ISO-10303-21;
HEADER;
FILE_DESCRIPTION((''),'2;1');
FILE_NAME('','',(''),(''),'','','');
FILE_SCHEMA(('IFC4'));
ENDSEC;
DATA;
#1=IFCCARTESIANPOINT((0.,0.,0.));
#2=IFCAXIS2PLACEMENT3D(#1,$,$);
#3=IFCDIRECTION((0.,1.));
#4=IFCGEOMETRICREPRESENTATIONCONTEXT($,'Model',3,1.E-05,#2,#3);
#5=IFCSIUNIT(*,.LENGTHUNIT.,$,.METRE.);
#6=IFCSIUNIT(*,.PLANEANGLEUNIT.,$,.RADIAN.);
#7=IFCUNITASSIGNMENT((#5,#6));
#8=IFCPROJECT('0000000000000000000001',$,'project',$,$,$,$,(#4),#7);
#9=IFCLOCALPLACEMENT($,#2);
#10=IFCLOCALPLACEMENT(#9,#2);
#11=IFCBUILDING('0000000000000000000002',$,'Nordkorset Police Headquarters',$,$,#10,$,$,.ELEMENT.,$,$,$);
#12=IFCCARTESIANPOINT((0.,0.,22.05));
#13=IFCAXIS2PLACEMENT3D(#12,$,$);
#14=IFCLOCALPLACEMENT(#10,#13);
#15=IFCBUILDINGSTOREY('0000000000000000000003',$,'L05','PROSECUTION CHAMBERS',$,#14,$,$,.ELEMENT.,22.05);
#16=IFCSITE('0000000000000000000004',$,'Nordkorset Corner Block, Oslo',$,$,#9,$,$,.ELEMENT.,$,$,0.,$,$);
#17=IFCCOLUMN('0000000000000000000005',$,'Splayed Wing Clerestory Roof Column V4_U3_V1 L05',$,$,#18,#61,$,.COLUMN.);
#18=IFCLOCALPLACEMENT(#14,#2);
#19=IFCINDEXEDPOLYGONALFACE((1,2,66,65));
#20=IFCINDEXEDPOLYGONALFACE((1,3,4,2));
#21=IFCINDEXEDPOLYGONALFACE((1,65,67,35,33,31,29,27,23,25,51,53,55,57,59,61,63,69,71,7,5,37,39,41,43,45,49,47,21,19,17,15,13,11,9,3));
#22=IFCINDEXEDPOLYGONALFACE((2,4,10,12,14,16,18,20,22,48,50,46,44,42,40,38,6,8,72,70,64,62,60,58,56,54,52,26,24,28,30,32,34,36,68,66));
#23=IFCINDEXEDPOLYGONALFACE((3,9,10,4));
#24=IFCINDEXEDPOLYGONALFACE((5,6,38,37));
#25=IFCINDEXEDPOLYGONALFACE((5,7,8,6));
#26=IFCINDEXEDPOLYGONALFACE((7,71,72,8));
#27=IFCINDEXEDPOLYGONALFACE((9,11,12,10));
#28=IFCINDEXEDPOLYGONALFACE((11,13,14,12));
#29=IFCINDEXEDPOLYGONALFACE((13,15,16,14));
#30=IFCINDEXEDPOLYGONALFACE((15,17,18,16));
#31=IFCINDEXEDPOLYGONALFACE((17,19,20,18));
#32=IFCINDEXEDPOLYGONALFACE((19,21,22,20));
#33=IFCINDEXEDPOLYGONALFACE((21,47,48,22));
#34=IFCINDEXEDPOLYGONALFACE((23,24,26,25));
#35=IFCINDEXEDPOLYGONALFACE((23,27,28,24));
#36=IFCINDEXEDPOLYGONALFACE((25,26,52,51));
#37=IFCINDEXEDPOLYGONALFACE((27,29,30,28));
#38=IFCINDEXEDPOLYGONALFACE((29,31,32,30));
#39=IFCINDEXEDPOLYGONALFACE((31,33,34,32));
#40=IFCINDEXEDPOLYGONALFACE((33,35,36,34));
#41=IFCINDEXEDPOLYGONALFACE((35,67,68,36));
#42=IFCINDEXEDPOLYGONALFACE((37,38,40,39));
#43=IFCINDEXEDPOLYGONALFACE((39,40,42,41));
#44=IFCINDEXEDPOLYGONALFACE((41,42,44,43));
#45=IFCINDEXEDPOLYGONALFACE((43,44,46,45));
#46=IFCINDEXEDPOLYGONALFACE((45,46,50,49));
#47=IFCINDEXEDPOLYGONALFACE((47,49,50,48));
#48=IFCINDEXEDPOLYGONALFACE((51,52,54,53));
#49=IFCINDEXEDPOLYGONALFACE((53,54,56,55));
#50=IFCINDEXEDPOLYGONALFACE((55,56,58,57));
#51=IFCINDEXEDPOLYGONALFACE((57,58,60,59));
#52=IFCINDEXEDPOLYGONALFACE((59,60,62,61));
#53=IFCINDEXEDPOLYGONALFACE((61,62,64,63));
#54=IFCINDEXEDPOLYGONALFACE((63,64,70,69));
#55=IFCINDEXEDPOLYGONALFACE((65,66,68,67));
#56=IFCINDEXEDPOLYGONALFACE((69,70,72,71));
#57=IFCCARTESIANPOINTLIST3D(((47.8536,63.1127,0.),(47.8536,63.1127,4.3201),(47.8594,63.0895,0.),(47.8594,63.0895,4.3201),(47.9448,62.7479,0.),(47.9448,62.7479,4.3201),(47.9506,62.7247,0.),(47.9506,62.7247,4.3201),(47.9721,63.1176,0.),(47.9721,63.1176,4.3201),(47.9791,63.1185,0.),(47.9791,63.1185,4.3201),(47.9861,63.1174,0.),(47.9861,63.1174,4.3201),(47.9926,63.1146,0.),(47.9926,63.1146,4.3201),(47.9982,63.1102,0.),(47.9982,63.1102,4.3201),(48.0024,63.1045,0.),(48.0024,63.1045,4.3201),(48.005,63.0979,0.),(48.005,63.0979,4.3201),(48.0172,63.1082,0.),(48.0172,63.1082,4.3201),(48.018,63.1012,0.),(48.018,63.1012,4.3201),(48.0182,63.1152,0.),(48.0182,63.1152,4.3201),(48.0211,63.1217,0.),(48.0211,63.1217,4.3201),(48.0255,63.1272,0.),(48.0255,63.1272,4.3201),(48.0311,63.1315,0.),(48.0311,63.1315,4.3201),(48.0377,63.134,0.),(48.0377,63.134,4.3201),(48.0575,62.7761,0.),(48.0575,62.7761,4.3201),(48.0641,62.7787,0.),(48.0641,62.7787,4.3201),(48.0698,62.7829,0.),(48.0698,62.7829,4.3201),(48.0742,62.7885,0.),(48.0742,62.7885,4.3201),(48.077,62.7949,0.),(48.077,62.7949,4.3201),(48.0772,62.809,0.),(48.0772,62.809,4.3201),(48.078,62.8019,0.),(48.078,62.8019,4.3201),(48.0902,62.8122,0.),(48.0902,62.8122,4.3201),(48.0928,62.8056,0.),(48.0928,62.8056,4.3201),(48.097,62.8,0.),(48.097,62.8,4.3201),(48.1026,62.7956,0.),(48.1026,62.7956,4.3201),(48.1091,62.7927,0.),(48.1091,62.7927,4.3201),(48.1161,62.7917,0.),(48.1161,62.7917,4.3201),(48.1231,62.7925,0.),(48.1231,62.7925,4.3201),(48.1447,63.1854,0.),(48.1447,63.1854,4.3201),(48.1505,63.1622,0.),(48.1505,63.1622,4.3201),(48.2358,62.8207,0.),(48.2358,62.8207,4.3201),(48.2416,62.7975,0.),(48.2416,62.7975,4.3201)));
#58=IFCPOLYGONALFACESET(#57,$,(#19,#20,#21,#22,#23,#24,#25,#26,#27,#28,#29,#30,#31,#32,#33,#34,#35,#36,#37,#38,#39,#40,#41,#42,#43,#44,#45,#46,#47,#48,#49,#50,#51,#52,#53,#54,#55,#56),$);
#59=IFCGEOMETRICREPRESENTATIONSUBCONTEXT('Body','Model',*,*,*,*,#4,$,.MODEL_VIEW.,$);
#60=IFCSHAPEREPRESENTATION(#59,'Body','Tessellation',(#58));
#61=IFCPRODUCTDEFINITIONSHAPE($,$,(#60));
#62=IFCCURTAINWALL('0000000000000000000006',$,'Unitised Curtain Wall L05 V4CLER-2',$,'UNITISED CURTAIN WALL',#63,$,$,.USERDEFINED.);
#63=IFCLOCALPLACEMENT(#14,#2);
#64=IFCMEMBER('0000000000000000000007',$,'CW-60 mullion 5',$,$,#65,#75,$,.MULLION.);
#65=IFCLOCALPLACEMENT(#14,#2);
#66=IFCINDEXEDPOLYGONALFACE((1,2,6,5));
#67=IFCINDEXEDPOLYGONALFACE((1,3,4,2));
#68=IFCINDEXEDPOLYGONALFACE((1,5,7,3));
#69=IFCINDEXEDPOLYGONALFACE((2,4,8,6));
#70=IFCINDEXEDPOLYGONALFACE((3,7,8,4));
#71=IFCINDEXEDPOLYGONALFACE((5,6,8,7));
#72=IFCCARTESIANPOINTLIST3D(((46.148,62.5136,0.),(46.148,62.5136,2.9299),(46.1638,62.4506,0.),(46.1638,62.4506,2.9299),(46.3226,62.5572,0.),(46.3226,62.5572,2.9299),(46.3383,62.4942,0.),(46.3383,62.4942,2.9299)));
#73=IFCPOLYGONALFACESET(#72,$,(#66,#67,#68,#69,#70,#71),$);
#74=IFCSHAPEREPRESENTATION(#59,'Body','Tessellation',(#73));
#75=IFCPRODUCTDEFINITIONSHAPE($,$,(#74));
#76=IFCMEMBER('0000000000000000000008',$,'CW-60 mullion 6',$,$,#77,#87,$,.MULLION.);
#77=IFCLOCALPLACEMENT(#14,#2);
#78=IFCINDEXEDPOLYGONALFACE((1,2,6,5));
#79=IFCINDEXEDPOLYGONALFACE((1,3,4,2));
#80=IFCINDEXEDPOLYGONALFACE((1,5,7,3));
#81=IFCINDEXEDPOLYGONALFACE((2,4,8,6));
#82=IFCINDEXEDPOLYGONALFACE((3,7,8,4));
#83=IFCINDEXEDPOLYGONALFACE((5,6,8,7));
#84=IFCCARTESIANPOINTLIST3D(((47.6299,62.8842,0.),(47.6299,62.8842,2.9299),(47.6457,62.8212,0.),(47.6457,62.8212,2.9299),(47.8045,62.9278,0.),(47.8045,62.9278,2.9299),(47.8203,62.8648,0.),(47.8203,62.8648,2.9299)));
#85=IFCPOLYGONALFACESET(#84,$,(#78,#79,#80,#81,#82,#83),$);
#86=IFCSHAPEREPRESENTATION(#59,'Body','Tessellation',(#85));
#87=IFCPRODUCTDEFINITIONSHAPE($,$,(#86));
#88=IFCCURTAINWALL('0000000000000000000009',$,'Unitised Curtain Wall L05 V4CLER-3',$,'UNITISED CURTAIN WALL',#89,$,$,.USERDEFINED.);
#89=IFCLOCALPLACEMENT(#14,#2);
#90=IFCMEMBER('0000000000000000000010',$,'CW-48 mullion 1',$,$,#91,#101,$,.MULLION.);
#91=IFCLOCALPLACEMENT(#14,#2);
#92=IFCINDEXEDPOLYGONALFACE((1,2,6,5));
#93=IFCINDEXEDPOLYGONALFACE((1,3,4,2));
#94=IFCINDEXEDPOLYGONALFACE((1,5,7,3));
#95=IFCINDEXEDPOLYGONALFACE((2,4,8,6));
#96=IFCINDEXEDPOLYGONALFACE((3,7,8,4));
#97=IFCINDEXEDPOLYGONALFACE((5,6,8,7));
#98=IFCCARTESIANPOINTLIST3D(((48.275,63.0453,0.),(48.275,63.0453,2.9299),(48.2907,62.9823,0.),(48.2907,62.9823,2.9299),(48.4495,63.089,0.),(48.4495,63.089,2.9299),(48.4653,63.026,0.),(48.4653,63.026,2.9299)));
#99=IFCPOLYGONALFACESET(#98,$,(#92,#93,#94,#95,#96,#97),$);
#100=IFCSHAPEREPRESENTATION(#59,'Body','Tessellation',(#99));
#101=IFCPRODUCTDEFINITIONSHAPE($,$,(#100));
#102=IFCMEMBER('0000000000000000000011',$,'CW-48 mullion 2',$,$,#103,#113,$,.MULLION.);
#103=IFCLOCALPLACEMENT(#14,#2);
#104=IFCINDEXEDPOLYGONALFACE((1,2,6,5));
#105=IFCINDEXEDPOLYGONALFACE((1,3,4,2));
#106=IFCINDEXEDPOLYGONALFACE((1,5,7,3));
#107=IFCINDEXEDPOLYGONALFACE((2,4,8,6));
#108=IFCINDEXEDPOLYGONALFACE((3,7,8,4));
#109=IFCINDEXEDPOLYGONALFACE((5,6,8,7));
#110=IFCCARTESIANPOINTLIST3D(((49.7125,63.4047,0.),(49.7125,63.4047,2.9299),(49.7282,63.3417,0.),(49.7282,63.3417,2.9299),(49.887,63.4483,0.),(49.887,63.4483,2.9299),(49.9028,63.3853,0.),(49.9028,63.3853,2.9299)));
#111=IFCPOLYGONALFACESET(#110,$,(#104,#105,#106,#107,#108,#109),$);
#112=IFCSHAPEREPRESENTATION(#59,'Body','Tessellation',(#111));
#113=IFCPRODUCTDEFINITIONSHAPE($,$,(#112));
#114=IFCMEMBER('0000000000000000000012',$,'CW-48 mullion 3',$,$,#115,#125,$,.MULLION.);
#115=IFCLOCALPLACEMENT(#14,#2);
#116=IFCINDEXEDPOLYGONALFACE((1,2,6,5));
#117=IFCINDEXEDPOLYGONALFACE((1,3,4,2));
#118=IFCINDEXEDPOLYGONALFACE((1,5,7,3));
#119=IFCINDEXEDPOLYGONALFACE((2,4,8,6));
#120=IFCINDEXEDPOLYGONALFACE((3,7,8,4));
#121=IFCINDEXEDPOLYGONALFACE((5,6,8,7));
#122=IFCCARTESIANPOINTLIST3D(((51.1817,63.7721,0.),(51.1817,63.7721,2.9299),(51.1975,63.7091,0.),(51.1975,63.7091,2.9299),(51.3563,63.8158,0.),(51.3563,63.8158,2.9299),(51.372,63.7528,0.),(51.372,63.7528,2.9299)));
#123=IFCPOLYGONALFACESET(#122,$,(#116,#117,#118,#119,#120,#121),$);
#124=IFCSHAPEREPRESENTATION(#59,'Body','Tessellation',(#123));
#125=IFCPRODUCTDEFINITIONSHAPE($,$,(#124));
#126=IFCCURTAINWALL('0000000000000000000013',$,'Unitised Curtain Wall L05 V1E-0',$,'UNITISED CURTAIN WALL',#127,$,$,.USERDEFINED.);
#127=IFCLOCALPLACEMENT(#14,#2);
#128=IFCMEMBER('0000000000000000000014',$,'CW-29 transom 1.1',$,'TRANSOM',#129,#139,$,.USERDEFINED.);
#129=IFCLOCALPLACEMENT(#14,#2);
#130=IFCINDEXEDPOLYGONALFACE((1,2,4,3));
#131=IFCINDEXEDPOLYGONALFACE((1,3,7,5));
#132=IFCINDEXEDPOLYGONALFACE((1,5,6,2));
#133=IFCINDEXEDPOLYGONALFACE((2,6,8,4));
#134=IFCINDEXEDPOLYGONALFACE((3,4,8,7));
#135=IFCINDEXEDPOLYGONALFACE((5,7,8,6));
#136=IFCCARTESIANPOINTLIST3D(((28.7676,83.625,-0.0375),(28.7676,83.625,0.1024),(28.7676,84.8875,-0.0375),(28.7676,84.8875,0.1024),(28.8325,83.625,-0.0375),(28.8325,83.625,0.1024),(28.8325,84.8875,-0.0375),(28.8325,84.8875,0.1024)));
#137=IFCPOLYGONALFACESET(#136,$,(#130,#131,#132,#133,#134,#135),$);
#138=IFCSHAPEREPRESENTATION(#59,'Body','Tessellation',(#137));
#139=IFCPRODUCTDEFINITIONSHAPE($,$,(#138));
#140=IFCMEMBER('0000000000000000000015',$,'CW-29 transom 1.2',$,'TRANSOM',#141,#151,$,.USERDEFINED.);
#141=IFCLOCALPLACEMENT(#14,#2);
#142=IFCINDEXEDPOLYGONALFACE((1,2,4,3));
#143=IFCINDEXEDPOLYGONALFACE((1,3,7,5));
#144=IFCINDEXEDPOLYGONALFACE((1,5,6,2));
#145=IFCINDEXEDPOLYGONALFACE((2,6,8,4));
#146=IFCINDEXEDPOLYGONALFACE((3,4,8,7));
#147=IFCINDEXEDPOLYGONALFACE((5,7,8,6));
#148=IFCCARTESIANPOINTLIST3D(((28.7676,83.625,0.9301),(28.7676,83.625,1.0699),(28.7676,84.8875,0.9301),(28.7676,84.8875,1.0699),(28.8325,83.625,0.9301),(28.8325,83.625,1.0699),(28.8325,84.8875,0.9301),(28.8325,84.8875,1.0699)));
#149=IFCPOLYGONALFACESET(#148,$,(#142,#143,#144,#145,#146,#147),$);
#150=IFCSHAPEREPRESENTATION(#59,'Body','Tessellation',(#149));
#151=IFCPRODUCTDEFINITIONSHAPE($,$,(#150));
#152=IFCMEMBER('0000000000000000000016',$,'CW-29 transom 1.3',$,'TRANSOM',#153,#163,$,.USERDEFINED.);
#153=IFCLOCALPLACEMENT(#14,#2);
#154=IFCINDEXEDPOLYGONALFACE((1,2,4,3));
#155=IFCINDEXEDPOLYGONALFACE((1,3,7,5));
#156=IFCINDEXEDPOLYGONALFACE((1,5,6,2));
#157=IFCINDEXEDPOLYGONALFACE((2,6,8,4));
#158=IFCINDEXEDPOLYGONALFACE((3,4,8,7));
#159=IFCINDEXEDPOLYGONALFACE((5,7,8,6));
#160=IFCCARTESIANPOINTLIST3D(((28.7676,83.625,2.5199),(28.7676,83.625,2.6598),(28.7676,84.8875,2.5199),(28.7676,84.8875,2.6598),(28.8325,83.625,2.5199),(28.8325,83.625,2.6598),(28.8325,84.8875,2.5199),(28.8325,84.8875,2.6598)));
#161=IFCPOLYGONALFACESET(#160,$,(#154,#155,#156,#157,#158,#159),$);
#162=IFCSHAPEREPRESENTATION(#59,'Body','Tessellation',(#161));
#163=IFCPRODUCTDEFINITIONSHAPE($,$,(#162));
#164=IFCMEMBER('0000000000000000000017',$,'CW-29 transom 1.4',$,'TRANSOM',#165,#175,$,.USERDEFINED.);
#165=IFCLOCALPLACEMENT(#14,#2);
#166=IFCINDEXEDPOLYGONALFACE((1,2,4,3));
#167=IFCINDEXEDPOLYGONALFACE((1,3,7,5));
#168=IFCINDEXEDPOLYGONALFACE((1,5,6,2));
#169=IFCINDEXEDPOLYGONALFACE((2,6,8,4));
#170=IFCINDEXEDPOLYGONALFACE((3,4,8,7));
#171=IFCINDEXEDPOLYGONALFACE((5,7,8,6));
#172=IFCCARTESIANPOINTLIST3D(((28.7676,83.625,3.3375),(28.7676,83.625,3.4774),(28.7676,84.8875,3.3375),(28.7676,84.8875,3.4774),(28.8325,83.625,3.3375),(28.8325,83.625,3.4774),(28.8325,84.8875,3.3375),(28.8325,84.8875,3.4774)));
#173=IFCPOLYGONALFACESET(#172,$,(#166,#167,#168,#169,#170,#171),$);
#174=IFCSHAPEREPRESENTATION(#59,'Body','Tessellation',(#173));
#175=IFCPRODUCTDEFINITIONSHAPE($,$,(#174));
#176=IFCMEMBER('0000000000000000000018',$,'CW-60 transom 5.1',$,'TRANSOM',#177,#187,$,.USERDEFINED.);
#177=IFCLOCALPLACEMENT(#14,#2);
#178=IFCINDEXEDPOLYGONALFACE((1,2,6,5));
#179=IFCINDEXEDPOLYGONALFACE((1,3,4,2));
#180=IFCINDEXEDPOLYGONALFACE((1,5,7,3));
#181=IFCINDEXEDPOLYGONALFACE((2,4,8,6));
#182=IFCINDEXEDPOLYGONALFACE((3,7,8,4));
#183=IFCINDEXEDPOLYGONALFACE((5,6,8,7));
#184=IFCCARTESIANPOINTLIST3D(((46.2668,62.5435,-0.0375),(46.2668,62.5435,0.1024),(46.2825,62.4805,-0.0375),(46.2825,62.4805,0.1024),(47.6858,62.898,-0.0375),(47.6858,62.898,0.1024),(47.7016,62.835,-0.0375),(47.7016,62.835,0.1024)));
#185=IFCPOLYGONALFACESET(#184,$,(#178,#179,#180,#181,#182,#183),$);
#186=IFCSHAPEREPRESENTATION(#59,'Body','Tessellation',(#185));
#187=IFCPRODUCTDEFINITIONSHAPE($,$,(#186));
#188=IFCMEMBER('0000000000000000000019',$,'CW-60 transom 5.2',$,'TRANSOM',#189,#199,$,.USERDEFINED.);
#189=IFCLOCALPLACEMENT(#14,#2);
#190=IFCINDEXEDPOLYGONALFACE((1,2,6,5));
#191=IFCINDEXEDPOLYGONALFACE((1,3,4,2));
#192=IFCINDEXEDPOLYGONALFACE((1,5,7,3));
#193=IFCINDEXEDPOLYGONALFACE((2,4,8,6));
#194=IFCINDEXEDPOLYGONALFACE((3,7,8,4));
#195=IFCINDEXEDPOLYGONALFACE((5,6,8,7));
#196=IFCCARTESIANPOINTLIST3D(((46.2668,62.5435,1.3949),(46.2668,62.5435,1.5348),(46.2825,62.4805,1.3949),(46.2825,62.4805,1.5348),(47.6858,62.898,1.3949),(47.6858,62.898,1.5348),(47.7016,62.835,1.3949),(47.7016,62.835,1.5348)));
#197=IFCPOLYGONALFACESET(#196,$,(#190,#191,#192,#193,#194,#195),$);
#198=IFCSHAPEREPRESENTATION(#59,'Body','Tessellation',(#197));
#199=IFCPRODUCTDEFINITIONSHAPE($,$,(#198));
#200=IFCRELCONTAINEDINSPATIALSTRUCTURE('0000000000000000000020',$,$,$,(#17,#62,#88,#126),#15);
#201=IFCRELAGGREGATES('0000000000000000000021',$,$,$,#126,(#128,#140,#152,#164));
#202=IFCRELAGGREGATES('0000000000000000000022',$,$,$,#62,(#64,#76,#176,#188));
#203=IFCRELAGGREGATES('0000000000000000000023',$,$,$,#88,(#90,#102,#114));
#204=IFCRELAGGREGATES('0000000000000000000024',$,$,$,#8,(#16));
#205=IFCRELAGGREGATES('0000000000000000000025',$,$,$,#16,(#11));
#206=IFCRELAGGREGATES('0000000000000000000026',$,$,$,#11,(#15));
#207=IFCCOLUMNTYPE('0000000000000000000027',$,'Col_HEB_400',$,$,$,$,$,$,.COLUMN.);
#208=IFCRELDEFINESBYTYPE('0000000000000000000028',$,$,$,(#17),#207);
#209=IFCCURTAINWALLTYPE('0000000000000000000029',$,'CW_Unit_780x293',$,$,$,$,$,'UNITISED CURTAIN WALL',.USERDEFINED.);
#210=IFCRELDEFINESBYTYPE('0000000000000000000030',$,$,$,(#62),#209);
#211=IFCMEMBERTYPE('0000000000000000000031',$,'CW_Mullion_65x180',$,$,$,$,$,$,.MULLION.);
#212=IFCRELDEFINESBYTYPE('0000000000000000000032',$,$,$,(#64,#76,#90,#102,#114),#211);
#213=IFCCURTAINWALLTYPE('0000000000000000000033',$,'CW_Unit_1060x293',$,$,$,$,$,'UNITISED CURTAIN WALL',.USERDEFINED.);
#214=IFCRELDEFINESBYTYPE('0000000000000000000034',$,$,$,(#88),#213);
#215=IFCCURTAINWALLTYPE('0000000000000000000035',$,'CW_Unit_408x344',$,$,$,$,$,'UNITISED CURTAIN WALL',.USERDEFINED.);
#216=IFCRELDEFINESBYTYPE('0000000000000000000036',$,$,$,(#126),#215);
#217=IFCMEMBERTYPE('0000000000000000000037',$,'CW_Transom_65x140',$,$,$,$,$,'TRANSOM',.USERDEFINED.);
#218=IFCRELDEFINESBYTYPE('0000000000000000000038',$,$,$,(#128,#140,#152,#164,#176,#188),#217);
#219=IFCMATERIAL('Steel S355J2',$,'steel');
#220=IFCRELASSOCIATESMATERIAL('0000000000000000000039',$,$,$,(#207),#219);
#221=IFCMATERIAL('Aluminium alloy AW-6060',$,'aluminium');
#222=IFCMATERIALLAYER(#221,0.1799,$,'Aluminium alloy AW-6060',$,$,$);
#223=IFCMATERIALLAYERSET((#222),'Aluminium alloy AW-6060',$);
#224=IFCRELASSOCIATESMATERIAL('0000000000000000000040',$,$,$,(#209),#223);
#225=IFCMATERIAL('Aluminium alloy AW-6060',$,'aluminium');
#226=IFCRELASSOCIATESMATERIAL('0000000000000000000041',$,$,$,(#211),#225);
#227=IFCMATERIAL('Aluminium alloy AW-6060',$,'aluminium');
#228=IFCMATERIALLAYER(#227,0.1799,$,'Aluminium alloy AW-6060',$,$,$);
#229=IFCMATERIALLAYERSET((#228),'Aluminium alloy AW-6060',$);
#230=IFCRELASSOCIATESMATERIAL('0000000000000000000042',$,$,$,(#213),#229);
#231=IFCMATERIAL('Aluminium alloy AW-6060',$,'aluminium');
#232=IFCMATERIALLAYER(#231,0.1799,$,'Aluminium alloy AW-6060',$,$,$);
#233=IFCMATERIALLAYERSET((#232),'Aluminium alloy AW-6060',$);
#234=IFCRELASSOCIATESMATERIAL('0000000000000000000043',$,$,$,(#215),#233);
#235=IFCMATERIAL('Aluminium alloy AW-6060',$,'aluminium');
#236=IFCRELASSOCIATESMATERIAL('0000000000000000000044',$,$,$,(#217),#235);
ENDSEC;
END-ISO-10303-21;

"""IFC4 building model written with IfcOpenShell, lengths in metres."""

from ifc_helpers import new_model, si_unit, direction, frame, origin, origin_2d, place, context, subcontext, project, spatial, rectangle, i_section, extrude, material, layer, layer_set, material_profile, profile_set, type_object, element, aggregate, save


model = new_model("IFC4")

# Units and contexts
model_context = context("Model", 3, precision=1e-05, world=origin(), true_north=direction((0.0, 1.0)))
body_context = subcontext(model_context, "Body", "Model", "MODEL_VIEW")
ifc_project = project(units=[si_unit("LENGTHUNIT", "METRE"), si_unit("PLANEANGLEUNIT", "RADIAN")], contexts=[model_context])

# Site, building, storey
site_placement = place(None, origin())
site = spatial("IfcSite", under=ifc_project, at=site_placement, Name="Nordkorset Corner Block, Oslo", CompositionType="ELEMENT", RefElevation=0.0)
building_placement = place(site_placement, origin())
building = spatial("IfcBuilding", under=site, at=building_placement, Name="Nordkorset Police Headquarters", CompositionType="ELEMENT")
storey_placement = place(building_placement, frame((0.0, 0.0, 22.05)))
storey = spatial("IfcBuildingStorey", under=building, at=storey_placement, Name="L05", Description="PROSECUTION CHAMBERS", CompositionType="ELEMENT", Elevation=22.05)

# Column
ifc_material_1 = material(Name="Steel S355J2", Category="steel")
ifc_material_profile_1 = material_profile(ifc_material_1, i_section(OverallWidth=0.3, OverallDepth=0.3999, WebThickness=0.0134, FlangeThickness=0.0239, FilletRadius=0.0271, at=origin_2d()), Name="HEB 400")
ifc_profile_set_1 = profile_set([ifc_material_profile_1], Name="Steel S355J2")
column_type = type_object("IfcColumnType", Name="Col_HEB_400", PredefinedType="COLUMN", material=ifc_profile_set_1)
column_placement = place(storey_placement, frame((48.0476, 62.9551, 0.0), z_axis=(0.0, 0.0, 1.0), x_axis=(0.970143, 0.242536, 0.0)))
element("IfcColumn", 1, at=column_placement, inside=storey, type_object=column_type, Name="Splayed Wing Clerestory Roof Column V4_U3_V1 L05", PredefinedType="COLUMN", context=body_context, shape_type="SweptSolid", body=[
    extrude(i_section(OverallWidth=0.3, OverallDepth=0.3999, WebThickness=0.0134, FlangeThickness=0.0239, FilletRadius=0.0271, at=origin_2d()), origin(), (0.0, 0.0, 1.0), 4.3201),
])

# Curtain walls, members
ifc_material_2 = material(Name="Aluminium alloy AW-6060", Category="aluminium")
ifc_layer_1 = layer(ifc_material_2, 0.1799, Name="Aluminium alloy AW-6060")
ifc_layer_set_1 = layer_set([ifc_layer_1], Name="Aluminium alloy AW-6060")
curtain_wall_type_1 = type_object("IfcCurtainWallType", Name="CW_Unit_780x293", ElementType="UNITISED CURTAIN WALL", PredefinedType="USERDEFINED", material=ifc_layer_set_1)
curtain_wall_1_placement = place(storey_placement, origin())
curtain_wall_1 = element("IfcCurtainWall", 2, at=curtain_wall_1_placement, inside=storey, type_object=curtain_wall_type_1, Name="Unitised Curtain Wall L05 V4CLER-2", ObjectType="UNITISED CURTAIN WALL", PredefinedType="USERDEFINED")
ifc_material_3 = material(Name="Aluminium alloy AW-6060", Category="aluminium")
ifc_material_profile_2 = material_profile(ifc_material_3, rectangle(XDim=0.0649, YDim=0.1799, at=origin_2d()), Name="ALU MULL 65x180")
ifc_profile_set_2 = profile_set([ifc_material_profile_2], Name="Aluminium alloy AW-6060")
member_type_1 = type_object("IfcMemberType", Name="CW_Mullion_65x180", PredefinedType="MULLION", material=ifc_profile_set_2)
member_1_placement = place(storey_placement, frame((46.2432, 62.5039, 0.0), z_axis=(0.0, 0.0, 1.0), x_axis=(-0.242536, 0.970142, 0.0)))
member_1 = element("IfcMember", 3, at=member_1_placement, type_object=member_type_1, Name="CW-60 mullion 5", PredefinedType="MULLION", context=body_context, shape_type="SweptSolid", body=[
    extrude(rectangle(XDim=0.0649, YDim=0.1799, at=origin_2d()), origin(), (0.0, 0.0, 1.0), 2.9299),
])
member_2_placement = place(storey_placement, frame((47.7251, 62.8745, 0.0), z_axis=(0.0, 0.0, 1.0), x_axis=(-0.242536, 0.970142, 0.0)))
member_2 = element("IfcMember", 4, at=member_2_placement, type_object=member_type_1, Name="CW-60 mullion 6", PredefinedType="MULLION", context=body_context, shape_type="SweptSolid", body=[
    extrude(rectangle(XDim=0.0649, YDim=0.1799, at=origin_2d()), origin(), (0.0, 0.0, 1.0), 2.9299),
])
ifc_material_4 = material(Name="Aluminium alloy AW-6060", Category="aluminium")
ifc_layer_2 = layer(ifc_material_4, 0.1799, Name="Aluminium alloy AW-6060")
ifc_layer_set_2 = layer_set([ifc_layer_2], Name="Aluminium alloy AW-6060")
curtain_wall_type_2 = type_object("IfcCurtainWallType", Name="CW_Unit_1060x293", ElementType="UNITISED CURTAIN WALL", PredefinedType="USERDEFINED", material=ifc_layer_set_2)
curtain_wall_2_placement = place(storey_placement, origin())
curtain_wall_2 = element("IfcCurtainWall", 5, at=curtain_wall_2_placement, inside=storey, type_object=curtain_wall_type_2, Name="Unitised Curtain Wall L05 V4CLER-3", ObjectType="UNITISED CURTAIN WALL", PredefinedType="USERDEFINED")
member_3_placement = place(storey_placement, frame((48.3701, 63.0356, 0.0), z_axis=(0.0, 0.0, 1.0), x_axis=(-0.242536, 0.970142, 0.0)))
member_3 = element("IfcMember", 6, at=member_3_placement, type_object=member_type_1, Name="CW-48 mullion 1", PredefinedType="MULLION", context=body_context, shape_type="SweptSolid", body=[
    extrude(rectangle(XDim=0.0649, YDim=0.1799, at=origin_2d()), origin(), (0.0, 0.0, 1.0), 2.9299),
])
member_4_placement = place(storey_placement, frame((49.8076, 63.395, 0.0), z_axis=(0.0, 0.0, 1.0), x_axis=(-0.242536, 0.970142, 0.0)))
member_4 = element("IfcMember", 7, at=member_4_placement, type_object=member_type_1, Name="CW-48 mullion 2", PredefinedType="MULLION", context=body_context, shape_type="SweptSolid", body=[
    extrude(rectangle(XDim=0.0649, YDim=0.1799, at=origin_2d()), origin(), (0.0, 0.0, 1.0), 2.9299),
])
member_5_placement = place(storey_placement, frame((51.2769, 63.7625, 0.0), z_axis=(0.0, 0.0, 1.0), x_axis=(-0.242536, 0.970142, 0.0)))
member_5 = element("IfcMember", 8, at=member_5_placement, type_object=member_type_1, Name="CW-48 mullion 3", PredefinedType="MULLION", context=body_context, shape_type="SweptSolid", body=[
    extrude(rectangle(XDim=0.0649, YDim=0.1799, at=origin_2d()), origin(), (0.0, 0.0, 1.0), 2.9299),
])
ifc_material_5 = material(Name="Aluminium alloy AW-6060", Category="aluminium")
ifc_layer_3 = layer(ifc_material_5, 0.1799, Name="Aluminium alloy AW-6060")
ifc_layer_set_3 = layer_set([ifc_layer_3], Name="Aluminium alloy AW-6060")
curtain_wall_type_3 = type_object("IfcCurtainWallType", Name="CW_Unit_408x344", ElementType="UNITISED CURTAIN WALL", PredefinedType="USERDEFINED", material=ifc_layer_set_3)
curtain_wall_3_placement = place(storey_placement, origin())
curtain_wall_3 = element("IfcCurtainWall", 9, at=curtain_wall_3_placement, inside=storey, type_object=curtain_wall_type_3, Name="Unitised Curtain Wall L05 V1E-0", ObjectType="UNITISED CURTAIN WALL", PredefinedType="USERDEFINED")
ifc_material_6 = material(Name="Aluminium alloy AW-6060", Category="aluminium")
ifc_material_profile_3 = material_profile(ifc_material_6, rectangle(XDim=0.0649, YDim=0.1399, at=origin_2d()), Name="ALU TRAN 65x140")
ifc_profile_set_3 = profile_set([ifc_material_profile_3], Name="Aluminium alloy AW-6060")
member_type_2 = type_object("IfcMemberType", Name="CW_Transom_65x140", ElementType="TRANSOM", PredefinedType="USERDEFINED", material=ifc_profile_set_3)
member_6_placement = place(storey_placement, frame((28.8, 83.625, 0.0325), z_axis=(0.0, 1.0, 0.0), x_axis=(-1.0, 0.0, 0.0)))
member_6 = element("IfcMember", 10, at=member_6_placement, type_object=member_type_2, Name="CW-29 transom 1.1", ObjectType="TRANSOM", PredefinedType="USERDEFINED", context=body_context, shape_type="SweptSolid", body=[
    extrude(rectangle(XDim=0.0649, YDim=0.1399, at=origin_2d()), origin(), (0.0, 0.0, 1.0), 1.2625),
])
member_7_placement = place(storey_placement, frame((28.8, 83.625, 1.0), z_axis=(0.0, 1.0, 0.0), x_axis=(-1.0, 0.0, 0.0)))
member_7 = element("IfcMember", 11, at=member_7_placement, type_object=member_type_2, Name="CW-29 transom 1.2", ObjectType="TRANSOM", PredefinedType="USERDEFINED", context=body_context, shape_type="SweptSolid", body=[
    extrude(rectangle(XDim=0.0649, YDim=0.1399, at=origin_2d()), origin(), (0.0, 0.0, 1.0), 1.2625),
])
member_8_placement = place(storey_placement, frame((28.8, 83.625, 2.5898), z_axis=(0.0, 1.0, 0.0), x_axis=(-1.0, 0.0, 0.0)))
member_8 = element("IfcMember", 12, at=member_8_placement, type_object=member_type_2, Name="CW-29 transom 1.3", ObjectType="TRANSOM", PredefinedType="USERDEFINED", context=body_context, shape_type="SweptSolid", body=[
    extrude(rectangle(XDim=0.0649, YDim=0.1399, at=origin_2d()), origin(), (0.0, 0.0, 1.0), 1.2625),
])
member_9_placement = place(storey_placement, frame((28.8, 83.625, 3.4075), z_axis=(0.0, 1.0, 0.0), x_axis=(-1.0, 0.0, 0.0)))
member_9 = element("IfcMember", 13, at=member_9_placement, type_object=member_type_2, Name="CW-29 transom 1.4", ObjectType="TRANSOM", PredefinedType="USERDEFINED", context=body_context, shape_type="SweptSolid", body=[
    extrude(rectangle(XDim=0.0649, YDim=0.1399, at=origin_2d()), origin(), (0.0, 0.0, 1.0), 1.2625),
])

# Members
member_10_placement = place(storey_placement, frame((46.2747, 62.512, 0.0325), z_axis=(0.970182, 0.242379, 0.0), x_axis=(-0.242379, 0.970182, 0.0)))
member_10 = element("IfcMember", 14, at=member_10_placement, type_object=member_type_2, Name="CW-60 transom 5.1", ObjectType="TRANSOM", PredefinedType="USERDEFINED", context=body_context, shape_type="SweptSolid", body=[
    extrude(rectangle(XDim=0.0649, YDim=0.1399, at=origin_2d()), origin(), (0.0, 0.0, 1.0), 1.4626),
])
member_11_placement = place(storey_placement, frame((46.2747, 62.512, 1.4648), z_axis=(0.970182, 0.242379, 0.0), x_axis=(-0.242379, 0.970182, 0.0)))
member_11 = element("IfcMember", 15, at=member_11_placement, type_object=member_type_2, Name="CW-60 transom 5.2", ObjectType="TRANSOM", PredefinedType="USERDEFINED", context=body_context, shape_type="SweptSolid", body=[
    extrude(rectangle(XDim=0.0649, YDim=0.1399, at=origin_2d()), origin(), (0.0, 0.0, 1.0), 1.4626),
])

aggregate(curtain_wall_3, [member_6, member_7, member_8, member_9])
aggregate(curtain_wall_1, [member_1, member_2, member_10, member_11])
aggregate(curtain_wall_2, [member_3, member_4, member_5])

save(model, "model.ifc")
